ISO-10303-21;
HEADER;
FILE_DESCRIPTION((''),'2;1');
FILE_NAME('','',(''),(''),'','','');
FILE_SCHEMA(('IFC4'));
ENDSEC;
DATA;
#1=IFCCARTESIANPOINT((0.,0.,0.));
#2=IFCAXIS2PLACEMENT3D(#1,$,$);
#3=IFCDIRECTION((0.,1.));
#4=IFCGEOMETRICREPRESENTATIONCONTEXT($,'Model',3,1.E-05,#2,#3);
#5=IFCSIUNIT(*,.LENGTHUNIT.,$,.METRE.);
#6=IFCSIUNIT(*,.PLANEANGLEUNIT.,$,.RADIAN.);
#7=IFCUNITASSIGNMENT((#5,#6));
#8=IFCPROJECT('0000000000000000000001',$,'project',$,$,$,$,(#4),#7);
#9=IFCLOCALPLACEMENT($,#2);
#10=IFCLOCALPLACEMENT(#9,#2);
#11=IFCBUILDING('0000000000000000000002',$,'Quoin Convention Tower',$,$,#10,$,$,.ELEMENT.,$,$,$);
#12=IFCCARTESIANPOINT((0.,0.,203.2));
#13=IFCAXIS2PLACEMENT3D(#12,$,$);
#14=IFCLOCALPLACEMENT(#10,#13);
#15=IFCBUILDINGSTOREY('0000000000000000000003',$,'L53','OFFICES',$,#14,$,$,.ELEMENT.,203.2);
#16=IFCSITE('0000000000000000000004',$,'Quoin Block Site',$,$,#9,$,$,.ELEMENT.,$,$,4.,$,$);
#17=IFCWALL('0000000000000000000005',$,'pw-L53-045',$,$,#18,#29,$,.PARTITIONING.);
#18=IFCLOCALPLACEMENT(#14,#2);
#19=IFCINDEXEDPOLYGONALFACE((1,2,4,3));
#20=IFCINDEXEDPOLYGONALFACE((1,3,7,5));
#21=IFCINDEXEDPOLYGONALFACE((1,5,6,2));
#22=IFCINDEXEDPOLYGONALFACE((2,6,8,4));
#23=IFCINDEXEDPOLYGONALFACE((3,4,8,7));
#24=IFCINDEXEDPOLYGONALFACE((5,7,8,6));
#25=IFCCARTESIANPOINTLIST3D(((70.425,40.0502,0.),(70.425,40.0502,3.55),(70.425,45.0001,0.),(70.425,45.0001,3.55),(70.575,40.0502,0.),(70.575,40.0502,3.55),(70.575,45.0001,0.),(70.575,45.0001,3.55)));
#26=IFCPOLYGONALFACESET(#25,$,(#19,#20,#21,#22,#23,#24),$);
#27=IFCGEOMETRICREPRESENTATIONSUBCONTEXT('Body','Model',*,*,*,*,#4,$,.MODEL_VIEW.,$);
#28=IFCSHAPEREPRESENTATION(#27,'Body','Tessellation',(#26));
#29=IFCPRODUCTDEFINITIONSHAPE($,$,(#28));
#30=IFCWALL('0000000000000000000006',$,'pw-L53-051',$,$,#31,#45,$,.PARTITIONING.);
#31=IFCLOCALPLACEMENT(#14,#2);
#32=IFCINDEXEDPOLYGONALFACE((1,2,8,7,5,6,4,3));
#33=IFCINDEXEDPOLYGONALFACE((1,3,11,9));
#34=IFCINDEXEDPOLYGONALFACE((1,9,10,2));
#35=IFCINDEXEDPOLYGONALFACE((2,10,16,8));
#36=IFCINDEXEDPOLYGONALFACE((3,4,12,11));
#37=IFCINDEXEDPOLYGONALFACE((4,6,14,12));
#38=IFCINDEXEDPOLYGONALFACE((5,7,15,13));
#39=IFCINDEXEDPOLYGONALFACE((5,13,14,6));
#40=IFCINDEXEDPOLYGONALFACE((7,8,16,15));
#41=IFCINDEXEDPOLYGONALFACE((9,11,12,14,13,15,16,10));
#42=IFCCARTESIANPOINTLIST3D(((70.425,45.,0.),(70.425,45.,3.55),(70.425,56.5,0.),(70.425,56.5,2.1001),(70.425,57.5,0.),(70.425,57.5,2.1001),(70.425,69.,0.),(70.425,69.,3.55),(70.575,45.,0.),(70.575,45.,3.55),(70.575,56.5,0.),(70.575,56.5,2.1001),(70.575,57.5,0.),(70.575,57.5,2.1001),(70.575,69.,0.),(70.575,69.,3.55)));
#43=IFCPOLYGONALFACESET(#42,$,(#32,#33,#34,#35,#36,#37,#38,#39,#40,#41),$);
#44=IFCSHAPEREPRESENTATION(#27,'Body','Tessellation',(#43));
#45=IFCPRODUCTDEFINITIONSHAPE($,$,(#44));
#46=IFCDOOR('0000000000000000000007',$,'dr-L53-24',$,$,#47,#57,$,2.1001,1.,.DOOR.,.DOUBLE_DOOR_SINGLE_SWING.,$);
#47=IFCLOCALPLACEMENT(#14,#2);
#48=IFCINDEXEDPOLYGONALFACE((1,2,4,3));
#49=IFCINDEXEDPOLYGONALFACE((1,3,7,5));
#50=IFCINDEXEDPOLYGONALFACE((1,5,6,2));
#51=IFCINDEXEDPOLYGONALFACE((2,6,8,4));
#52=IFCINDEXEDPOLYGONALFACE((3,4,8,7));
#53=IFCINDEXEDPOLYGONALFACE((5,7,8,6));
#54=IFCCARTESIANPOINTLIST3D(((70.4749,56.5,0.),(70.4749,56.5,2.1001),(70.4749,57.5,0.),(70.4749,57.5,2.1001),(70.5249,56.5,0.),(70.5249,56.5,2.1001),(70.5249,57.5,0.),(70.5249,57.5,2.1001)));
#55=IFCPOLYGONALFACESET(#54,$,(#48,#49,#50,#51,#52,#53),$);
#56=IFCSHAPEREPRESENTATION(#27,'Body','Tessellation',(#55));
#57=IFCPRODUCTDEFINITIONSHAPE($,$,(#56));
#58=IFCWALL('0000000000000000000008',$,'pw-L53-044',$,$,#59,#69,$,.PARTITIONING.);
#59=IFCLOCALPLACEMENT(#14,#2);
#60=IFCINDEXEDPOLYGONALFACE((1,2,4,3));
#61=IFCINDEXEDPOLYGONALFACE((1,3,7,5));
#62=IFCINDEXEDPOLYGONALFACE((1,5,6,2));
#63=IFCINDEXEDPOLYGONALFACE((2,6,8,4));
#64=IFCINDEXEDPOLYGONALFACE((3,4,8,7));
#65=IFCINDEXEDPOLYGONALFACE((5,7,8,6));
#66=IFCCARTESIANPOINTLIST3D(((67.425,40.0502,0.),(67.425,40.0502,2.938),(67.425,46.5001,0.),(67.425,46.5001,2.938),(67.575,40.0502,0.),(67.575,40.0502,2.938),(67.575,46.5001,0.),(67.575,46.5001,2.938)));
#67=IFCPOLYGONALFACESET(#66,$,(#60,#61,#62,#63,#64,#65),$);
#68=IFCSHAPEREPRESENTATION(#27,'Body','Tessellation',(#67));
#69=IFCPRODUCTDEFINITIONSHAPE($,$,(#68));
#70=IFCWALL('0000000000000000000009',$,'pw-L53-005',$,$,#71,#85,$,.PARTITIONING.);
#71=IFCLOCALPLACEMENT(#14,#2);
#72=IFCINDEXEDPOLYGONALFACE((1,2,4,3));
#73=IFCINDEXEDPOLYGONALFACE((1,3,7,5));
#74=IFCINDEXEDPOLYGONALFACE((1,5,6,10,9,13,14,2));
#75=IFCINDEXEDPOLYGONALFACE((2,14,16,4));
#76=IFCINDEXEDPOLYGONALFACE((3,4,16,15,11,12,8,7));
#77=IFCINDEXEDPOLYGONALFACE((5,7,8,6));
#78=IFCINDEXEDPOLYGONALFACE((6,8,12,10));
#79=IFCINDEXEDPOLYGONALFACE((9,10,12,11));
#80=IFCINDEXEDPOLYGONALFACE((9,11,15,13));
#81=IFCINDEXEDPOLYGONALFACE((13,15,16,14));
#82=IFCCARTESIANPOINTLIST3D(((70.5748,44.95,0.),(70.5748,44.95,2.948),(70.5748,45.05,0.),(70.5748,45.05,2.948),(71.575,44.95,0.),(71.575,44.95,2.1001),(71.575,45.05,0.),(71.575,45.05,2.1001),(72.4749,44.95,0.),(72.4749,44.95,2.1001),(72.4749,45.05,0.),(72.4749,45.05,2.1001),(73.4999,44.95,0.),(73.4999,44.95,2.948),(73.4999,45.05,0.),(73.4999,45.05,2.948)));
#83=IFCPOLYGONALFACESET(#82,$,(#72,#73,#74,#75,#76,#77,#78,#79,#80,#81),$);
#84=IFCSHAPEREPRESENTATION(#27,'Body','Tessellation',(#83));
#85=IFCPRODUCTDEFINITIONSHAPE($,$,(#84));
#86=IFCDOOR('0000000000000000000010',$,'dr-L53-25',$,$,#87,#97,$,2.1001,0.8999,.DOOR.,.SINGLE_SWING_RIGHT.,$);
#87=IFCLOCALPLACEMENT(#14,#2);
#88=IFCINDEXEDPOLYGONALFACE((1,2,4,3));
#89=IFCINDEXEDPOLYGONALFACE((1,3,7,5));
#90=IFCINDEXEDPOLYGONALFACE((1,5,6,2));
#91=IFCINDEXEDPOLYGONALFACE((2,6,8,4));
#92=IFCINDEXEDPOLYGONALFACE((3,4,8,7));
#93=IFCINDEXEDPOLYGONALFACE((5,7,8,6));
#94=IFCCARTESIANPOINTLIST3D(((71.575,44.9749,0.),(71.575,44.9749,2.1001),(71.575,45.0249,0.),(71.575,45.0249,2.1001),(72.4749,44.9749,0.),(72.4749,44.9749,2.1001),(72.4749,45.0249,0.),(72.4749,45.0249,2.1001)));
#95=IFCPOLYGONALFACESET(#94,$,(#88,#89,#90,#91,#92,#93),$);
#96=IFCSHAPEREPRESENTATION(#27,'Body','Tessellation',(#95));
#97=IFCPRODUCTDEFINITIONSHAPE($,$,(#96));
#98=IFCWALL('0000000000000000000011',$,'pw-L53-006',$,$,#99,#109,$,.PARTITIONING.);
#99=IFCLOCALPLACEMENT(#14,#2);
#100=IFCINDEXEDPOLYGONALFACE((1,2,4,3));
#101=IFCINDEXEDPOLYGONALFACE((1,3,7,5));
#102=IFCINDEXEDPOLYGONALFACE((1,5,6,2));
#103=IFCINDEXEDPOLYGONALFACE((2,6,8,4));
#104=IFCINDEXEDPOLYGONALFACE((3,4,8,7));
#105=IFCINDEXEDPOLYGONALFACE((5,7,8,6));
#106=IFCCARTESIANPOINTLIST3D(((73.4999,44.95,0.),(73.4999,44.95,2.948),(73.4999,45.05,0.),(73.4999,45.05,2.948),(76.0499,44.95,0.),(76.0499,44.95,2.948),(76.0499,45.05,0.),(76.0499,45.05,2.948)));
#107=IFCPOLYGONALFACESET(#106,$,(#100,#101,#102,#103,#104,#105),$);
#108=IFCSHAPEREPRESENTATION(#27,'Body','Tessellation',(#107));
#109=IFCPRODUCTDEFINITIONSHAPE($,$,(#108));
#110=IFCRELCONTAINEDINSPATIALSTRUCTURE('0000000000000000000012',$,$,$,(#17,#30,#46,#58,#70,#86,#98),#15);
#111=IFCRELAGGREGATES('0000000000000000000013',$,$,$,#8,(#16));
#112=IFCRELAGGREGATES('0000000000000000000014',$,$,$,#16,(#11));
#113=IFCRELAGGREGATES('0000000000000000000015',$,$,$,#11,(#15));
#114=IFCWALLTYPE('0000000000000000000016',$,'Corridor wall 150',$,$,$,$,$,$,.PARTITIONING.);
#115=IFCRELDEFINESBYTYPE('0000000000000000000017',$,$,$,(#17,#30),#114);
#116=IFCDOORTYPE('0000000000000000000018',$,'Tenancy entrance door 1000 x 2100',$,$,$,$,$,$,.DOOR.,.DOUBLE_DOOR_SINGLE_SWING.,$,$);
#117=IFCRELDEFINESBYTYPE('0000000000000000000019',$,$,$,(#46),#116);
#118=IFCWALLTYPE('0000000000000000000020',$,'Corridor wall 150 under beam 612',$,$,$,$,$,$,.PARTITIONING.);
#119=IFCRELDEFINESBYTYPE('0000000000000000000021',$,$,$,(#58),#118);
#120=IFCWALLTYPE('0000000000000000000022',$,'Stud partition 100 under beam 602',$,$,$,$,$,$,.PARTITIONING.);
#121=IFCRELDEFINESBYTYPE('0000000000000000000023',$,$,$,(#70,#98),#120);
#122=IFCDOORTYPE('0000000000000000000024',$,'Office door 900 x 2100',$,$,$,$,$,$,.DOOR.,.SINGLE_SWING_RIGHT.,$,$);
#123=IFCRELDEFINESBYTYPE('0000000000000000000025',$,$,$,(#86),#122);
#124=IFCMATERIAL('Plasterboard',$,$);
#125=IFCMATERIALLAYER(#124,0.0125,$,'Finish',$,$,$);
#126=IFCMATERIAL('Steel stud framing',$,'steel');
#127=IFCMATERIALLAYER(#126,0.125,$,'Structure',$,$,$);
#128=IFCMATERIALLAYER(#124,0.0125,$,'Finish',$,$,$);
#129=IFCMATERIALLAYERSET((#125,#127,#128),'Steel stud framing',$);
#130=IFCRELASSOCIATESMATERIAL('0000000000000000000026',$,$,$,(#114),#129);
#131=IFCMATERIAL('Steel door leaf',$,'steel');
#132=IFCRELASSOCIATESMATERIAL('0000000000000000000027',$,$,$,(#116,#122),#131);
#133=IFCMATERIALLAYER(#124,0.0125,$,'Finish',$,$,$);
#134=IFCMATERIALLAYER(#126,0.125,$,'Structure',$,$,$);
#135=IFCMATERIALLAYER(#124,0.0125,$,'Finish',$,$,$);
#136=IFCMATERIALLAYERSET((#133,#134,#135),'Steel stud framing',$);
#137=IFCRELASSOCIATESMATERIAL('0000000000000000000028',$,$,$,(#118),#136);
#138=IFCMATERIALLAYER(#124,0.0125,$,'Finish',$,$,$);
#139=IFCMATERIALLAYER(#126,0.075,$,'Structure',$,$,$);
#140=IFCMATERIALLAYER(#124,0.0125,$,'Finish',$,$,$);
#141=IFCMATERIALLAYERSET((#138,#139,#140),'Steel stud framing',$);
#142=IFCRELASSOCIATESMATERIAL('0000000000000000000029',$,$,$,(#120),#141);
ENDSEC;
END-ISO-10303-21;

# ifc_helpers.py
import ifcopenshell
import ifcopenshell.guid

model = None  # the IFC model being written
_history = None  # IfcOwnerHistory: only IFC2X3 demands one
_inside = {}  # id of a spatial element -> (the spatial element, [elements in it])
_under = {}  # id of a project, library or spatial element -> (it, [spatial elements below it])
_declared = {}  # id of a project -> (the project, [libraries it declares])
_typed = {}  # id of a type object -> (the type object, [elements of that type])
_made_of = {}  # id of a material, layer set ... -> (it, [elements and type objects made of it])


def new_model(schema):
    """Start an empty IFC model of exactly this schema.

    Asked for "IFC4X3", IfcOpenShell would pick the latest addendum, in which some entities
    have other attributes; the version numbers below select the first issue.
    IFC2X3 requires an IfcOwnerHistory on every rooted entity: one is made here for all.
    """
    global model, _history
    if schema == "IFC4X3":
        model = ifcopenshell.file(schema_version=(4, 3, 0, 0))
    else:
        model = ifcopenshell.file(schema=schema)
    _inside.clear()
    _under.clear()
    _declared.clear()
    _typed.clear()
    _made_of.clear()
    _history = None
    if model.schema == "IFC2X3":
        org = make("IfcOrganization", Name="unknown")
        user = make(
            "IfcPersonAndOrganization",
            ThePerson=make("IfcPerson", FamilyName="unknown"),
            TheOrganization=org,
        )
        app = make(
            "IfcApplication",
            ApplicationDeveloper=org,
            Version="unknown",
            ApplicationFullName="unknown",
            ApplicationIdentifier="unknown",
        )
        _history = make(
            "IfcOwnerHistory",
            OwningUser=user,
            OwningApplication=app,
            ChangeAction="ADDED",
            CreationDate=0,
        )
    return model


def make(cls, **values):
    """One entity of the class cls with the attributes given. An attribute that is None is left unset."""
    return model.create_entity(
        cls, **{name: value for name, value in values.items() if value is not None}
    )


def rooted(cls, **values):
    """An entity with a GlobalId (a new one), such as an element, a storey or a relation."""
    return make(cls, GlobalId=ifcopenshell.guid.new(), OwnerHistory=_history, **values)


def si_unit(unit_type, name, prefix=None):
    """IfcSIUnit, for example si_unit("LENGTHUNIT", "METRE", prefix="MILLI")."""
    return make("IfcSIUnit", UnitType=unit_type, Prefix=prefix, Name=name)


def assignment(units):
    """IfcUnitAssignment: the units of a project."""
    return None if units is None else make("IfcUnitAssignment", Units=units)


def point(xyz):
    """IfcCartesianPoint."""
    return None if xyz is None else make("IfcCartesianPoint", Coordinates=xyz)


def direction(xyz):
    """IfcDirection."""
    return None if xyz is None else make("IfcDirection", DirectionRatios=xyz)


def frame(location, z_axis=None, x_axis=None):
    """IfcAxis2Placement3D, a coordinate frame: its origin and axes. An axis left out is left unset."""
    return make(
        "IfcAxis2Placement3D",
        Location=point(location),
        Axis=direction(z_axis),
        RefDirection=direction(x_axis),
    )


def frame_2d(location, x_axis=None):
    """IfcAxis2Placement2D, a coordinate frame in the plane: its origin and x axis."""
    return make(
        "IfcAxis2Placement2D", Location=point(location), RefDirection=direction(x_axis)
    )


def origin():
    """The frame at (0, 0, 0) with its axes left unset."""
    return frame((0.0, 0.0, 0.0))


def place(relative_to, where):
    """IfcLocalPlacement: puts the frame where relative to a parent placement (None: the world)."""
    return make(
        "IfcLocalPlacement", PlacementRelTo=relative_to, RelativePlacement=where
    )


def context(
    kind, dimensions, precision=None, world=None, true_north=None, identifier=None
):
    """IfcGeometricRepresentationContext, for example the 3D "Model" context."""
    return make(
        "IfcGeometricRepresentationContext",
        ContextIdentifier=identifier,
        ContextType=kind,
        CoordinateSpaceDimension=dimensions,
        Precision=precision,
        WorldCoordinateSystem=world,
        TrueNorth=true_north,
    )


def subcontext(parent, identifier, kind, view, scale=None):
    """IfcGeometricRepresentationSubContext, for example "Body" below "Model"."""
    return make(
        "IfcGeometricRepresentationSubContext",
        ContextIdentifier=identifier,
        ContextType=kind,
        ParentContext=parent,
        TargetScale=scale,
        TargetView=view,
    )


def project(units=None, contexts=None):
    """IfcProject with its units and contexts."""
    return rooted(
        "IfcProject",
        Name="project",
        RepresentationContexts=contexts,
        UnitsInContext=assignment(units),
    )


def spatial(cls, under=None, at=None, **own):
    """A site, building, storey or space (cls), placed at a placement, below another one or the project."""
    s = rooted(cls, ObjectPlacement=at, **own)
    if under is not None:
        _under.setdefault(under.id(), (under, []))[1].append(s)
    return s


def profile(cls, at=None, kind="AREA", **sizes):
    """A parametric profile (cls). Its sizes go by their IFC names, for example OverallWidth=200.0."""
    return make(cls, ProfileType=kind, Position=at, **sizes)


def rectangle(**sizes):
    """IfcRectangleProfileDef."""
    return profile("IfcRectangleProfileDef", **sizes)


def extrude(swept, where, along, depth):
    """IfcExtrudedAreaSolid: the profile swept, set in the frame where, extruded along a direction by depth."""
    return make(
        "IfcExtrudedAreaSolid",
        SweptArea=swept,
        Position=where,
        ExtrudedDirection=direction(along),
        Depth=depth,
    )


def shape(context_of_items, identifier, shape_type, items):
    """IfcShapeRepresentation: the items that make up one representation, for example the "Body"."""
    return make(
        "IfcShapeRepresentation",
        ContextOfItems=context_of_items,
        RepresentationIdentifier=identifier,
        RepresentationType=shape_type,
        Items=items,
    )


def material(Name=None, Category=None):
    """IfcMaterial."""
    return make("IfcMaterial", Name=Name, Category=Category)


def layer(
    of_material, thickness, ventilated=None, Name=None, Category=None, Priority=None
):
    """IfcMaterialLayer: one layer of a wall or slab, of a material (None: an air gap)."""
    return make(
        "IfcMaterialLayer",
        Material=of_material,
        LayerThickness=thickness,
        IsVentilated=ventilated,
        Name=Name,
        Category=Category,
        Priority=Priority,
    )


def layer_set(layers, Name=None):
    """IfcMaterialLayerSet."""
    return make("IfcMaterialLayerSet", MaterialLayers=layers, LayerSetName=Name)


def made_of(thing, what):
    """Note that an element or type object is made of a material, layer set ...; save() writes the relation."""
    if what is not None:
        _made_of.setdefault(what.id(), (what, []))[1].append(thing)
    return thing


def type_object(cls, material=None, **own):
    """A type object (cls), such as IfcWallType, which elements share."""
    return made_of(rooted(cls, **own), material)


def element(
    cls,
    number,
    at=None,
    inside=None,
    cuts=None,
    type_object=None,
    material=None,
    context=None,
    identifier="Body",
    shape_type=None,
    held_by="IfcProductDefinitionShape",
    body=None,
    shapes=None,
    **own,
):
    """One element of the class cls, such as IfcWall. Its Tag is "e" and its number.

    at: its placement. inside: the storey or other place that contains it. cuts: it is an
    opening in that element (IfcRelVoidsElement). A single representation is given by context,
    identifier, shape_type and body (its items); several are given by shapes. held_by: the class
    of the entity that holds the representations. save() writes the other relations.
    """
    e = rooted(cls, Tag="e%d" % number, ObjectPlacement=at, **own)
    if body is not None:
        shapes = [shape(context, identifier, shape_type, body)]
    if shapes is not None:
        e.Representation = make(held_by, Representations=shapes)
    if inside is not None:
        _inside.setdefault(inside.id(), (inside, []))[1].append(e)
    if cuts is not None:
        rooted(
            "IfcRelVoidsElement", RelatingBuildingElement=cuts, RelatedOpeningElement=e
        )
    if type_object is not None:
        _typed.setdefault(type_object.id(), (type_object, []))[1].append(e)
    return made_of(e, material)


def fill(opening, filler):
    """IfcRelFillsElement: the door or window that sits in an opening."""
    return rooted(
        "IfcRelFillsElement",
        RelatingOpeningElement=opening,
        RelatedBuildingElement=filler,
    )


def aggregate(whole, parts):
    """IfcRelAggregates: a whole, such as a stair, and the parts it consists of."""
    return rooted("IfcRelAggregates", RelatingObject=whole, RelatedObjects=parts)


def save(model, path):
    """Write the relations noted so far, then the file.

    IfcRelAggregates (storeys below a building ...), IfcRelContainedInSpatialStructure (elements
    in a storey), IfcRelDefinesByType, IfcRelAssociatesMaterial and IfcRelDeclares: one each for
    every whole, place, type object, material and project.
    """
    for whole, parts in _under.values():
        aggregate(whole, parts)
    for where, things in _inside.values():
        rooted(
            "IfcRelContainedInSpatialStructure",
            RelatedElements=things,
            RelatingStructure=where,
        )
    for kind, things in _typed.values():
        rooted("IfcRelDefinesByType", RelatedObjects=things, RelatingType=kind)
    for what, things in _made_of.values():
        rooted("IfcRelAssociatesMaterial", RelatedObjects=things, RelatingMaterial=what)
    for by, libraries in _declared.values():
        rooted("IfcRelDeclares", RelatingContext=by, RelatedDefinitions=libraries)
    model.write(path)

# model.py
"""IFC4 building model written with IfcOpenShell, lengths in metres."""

from ifc_helpers import new_model, si_unit, direction, frame, frame_2d, origin, place, context, subcontext, project, spatial, rectangle, extrude, material, layer, layer_set, type_object, element, fill, save


model = new_model("IFC4")

# Units and contexts
model_context = context("Model", 3, precision=1e-05, world=origin(), true_north=direction((0.0, 1.0)))
body_context = subcontext(model_context, "Body", "Model", "MODEL_VIEW")
ifc_project = project(units=[si_unit("LENGTHUNIT", "METRE"), si_unit("PLANEANGLEUNIT", "RADIAN")], contexts=[model_context])

# Site, building, storey
site_placement = place(None, origin())
site = spatial("IfcSite", under=ifc_project, at=site_placement, Name="Quoin Block Site", CompositionType="ELEMENT", RefElevation=4.0)
building_placement = place(site_placement, origin())
building = spatial("IfcBuilding", under=site, at=building_placement, Name="Quoin Convention Tower", CompositionType="ELEMENT")
storey_placement = place(building_placement, frame((0.0, 0.0, 203.2)))
storey = spatial("IfcBuildingStorey", under=building, at=storey_placement, Name="L53", Description="OFFICES", CompositionType="ELEMENT", Elevation=203.2)

# Shared definitions
ifc_material_1 = material(Name="Plasterboard")
ifc_material_2 = material(Name="Steel stud framing", Category="steel")

# Wall
ifc_layer_1 = layer(ifc_material_1, 0.0125, Name="Finish")
ifc_layer_2 = layer(ifc_material_2, 0.125, Name="Structure")
ifc_layer_3 = layer(ifc_material_1, 0.0125, Name="Finish")
ifc_layer_set_1 = layer_set([ifc_layer_1, ifc_layer_2, ifc_layer_3], Name="Steel stud framing")
wall_type_1 = type_object("IfcWallType", Name="Corridor wall 150", PredefinedType="PARTITIONING", material=ifc_layer_set_1)
wall_1_placement = place(storey_placement, frame((70.5, 40.05, 0.0), z_axis=(0.0, 0.0, 1.0), x_axis=(0.0, 1.0, 0.0)))
element("IfcWall", 1, at=wall_1_placement, inside=storey, type_object=wall_type_1, Name="pw-L53-045", PredefinedType="PARTITIONING", context=body_context, shape_type="SweptSolid", body=[
    extrude(rectangle(XDim=4.95, YDim=0.1499, at=frame_2d((2.4751, 0.0))), origin(), (0.0, 0.0, 1.0), 3.55),
])

# Wall, opening, door
wall_2_placement = place(storey_placement, frame((70.5, 45.0, 0.0), z_axis=(0.0, 0.0, 1.0), x_axis=(0.0, 1.0, 0.0)))
wall_2 = element("IfcWall", 2, at=wall_2_placement, inside=storey, type_object=wall_type_1, Name="pw-L53-051", PredefinedType="PARTITIONING", context=body_context, shape_type="SweptSolid", body=[
    extrude(rectangle(XDim=24.0, YDim=0.1499, at=frame_2d((12.0, 0.0))), origin(), (0.0, 0.0, 1.0), 3.55),
])
opening_1_placement = place(wall_2_placement, frame((11.5, 0.0, 0.0)))
opening_1 = element("IfcOpeningElement", 3, at=opening_1_placement, cuts=wall_2, PredefinedType="OPENING", context=body_context, shape_type="SweptSolid", body=[
    extrude(rectangle(XDim=1.0, YDim=2.1001, at=frame_2d((0.5, 1.05))), frame((0.0, 0.085, 0.0), z_axis=(0.0, -1.0, 0.0), x_axis=(1.0, 0.0, 0.0)), (0.0, 0.0, 1.0), 0.1699),
])
ifc_material_3 = material(Name="Steel door leaf", Category="steel")
door_type_1 = type_object("IfcDoorType", Name="Tenancy entrance door 1000 x 2100", OperationType="DOUBLE_DOOR_SINGLE_SWING", PredefinedType="DOOR", material=ifc_material_3)
door_1_placement = place(opening_1_placement, frame((1.0, 0.0, 0.0), z_axis=(0.0, 0.0, 1.0), x_axis=(-1.0, 0.0, 0.0)))
door_1 = element("IfcDoor", 4, at=door_1_placement, inside=storey, type_object=door_type_1, Name="dr-L53-24", OperationType="DOUBLE_DOOR_SINGLE_SWING", OverallHeight=2.1001, OverallWidth=1.0, PredefinedType="DOOR", context=body_context, shape_type="SweptSolid", body=[
    extrude(rectangle(XDim=1.0, YDim=2.1001, at=frame_2d((0.5, 1.05))), frame((0.0, 0.0249, 0.0), z_axis=(0.0, -1.0, 0.0), x_axis=(1.0, 0.0, 0.0)), (0.0, 0.0, 1.0), 0.05),
])
fill(opening_1, door_1)

# Wall
ifc_layer_4 = layer(ifc_material_1, 0.0125, Name="Finish")
ifc_layer_5 = layer(ifc_material_2, 0.125, Name="Structure")
ifc_layer_6 = layer(ifc_material_1, 0.0125, Name="Finish")
ifc_layer_set_2 = layer_set([ifc_layer_4, ifc_layer_5, ifc_layer_6], Name="Steel stud framing")
wall_type_2 = type_object("IfcWallType", Name="Corridor wall 150 under beam 612", PredefinedType="PARTITIONING", material=ifc_layer_set_2)
wall_3_placement = place(storey_placement, frame((67.5, 40.05, 0.0), z_axis=(0.0, 0.0, 1.0), x_axis=(0.0, 1.0, 0.0)))
element("IfcWall", 5, at=wall_3_placement, inside=storey, type_object=wall_type_2, Name="pw-L53-044", PredefinedType="PARTITIONING", context=body_context, shape_type="SweptSolid", body=[
    extrude(rectangle(XDim=6.45, YDim=0.1499, at=frame_2d((3.2251, 0.0))), origin(), (0.0, 0.0, 1.0), 2.938),
])

# Wall, opening, door
ifc_layer_7 = layer(ifc_material_1, 0.0125, Name="Finish")
ifc_layer_8 = layer(ifc_material_2, 0.075, Name="Structure")
ifc_layer_9 = layer(ifc_material_1, 0.0125, Name="Finish")
ifc_layer_set_3 = layer_set([ifc_layer_7, ifc_layer_8, ifc_layer_9], Name="Steel stud framing")
wall_type_3 = type_object("IfcWallType", Name="Stud partition 100 under beam 602", PredefinedType="PARTITIONING", material=ifc_layer_set_3)
wall_4_placement = place(storey_placement, frame((70.575, 45.0, 0.0), z_axis=(0.0, 0.0, 1.0), x_axis=(1.0, 0.0, 0.0)))
wall_4 = element("IfcWall", 6, at=wall_4_placement, inside=storey, type_object=wall_type_3, Name="pw-L53-005", PredefinedType="PARTITIONING", context=body_context, shape_type="SweptSolid", body=[
    extrude(rectangle(XDim=2.925, YDim=0.1001, at=frame_2d((1.4624, 0.0))), origin(), (0.0, 0.0, 1.0), 2.948),
])
opening_2_placement = place(wall_4_placement, frame((1.0, 0.0, 0.0)))
opening_2 = element("IfcOpeningElement", 7, at=opening_2_placement, cuts=wall_4, PredefinedType="OPENING", context=body_context, shape_type="SweptSolid", body=[
    extrude(rectangle(XDim=0.8999, YDim=2.1001, at=frame_2d((0.45, 1.05))), frame((0.0, 0.0601, 0.0), z_axis=(0.0, -1.0, 0.0), x_axis=(1.0, 0.0, 0.0)), (0.0, 0.0, 1.0), 0.1201),
])
door_type_2 = type_object("IfcDoorType", Name="Office door 900 x 2100", OperationType="SINGLE_SWING_RIGHT", PredefinedType="DOOR", material=ifc_material_3)
door_2_placement = place(opening_2_placement, origin())
door_2 = element("IfcDoor", 8, at=door_2_placement, inside=storey, type_object=door_type_2, Name="dr-L53-25", OperationType="SINGLE_SWING_RIGHT", OverallHeight=2.1001, OverallWidth=0.8999, PredefinedType="DOOR", context=body_context, shape_type="SweptSolid", body=[
    extrude(rectangle(XDim=0.8999, YDim=2.1001, at=frame_2d((0.45, 1.05))), frame((0.0, 0.0249, 0.0), z_axis=(0.0, -1.0, 0.0), x_axis=(1.0, 0.0, 0.0)), (0.0, 0.0, 1.0), 0.05),
])
fill(opening_2, door_2)

# Wall
wall_5_placement = place(storey_placement, frame((73.5, 45.0, 0.0), z_axis=(0.0, 0.0, 1.0), x_axis=(1.0, 0.0, 0.0)))
element("IfcWall", 9, at=wall_5_placement, inside=storey, type_object=wall_type_3, Name="pw-L53-006", PredefinedType="PARTITIONING", context=body_context, shape_type="SweptSolid", body=[
    extrude(rectangle(XDim=2.55, YDim=0.1001, at=frame_2d((1.2749, 0.0))), origin(), (0.0, 0.0, 1.0), 2.948),
])

save(model, "model.ifc")
